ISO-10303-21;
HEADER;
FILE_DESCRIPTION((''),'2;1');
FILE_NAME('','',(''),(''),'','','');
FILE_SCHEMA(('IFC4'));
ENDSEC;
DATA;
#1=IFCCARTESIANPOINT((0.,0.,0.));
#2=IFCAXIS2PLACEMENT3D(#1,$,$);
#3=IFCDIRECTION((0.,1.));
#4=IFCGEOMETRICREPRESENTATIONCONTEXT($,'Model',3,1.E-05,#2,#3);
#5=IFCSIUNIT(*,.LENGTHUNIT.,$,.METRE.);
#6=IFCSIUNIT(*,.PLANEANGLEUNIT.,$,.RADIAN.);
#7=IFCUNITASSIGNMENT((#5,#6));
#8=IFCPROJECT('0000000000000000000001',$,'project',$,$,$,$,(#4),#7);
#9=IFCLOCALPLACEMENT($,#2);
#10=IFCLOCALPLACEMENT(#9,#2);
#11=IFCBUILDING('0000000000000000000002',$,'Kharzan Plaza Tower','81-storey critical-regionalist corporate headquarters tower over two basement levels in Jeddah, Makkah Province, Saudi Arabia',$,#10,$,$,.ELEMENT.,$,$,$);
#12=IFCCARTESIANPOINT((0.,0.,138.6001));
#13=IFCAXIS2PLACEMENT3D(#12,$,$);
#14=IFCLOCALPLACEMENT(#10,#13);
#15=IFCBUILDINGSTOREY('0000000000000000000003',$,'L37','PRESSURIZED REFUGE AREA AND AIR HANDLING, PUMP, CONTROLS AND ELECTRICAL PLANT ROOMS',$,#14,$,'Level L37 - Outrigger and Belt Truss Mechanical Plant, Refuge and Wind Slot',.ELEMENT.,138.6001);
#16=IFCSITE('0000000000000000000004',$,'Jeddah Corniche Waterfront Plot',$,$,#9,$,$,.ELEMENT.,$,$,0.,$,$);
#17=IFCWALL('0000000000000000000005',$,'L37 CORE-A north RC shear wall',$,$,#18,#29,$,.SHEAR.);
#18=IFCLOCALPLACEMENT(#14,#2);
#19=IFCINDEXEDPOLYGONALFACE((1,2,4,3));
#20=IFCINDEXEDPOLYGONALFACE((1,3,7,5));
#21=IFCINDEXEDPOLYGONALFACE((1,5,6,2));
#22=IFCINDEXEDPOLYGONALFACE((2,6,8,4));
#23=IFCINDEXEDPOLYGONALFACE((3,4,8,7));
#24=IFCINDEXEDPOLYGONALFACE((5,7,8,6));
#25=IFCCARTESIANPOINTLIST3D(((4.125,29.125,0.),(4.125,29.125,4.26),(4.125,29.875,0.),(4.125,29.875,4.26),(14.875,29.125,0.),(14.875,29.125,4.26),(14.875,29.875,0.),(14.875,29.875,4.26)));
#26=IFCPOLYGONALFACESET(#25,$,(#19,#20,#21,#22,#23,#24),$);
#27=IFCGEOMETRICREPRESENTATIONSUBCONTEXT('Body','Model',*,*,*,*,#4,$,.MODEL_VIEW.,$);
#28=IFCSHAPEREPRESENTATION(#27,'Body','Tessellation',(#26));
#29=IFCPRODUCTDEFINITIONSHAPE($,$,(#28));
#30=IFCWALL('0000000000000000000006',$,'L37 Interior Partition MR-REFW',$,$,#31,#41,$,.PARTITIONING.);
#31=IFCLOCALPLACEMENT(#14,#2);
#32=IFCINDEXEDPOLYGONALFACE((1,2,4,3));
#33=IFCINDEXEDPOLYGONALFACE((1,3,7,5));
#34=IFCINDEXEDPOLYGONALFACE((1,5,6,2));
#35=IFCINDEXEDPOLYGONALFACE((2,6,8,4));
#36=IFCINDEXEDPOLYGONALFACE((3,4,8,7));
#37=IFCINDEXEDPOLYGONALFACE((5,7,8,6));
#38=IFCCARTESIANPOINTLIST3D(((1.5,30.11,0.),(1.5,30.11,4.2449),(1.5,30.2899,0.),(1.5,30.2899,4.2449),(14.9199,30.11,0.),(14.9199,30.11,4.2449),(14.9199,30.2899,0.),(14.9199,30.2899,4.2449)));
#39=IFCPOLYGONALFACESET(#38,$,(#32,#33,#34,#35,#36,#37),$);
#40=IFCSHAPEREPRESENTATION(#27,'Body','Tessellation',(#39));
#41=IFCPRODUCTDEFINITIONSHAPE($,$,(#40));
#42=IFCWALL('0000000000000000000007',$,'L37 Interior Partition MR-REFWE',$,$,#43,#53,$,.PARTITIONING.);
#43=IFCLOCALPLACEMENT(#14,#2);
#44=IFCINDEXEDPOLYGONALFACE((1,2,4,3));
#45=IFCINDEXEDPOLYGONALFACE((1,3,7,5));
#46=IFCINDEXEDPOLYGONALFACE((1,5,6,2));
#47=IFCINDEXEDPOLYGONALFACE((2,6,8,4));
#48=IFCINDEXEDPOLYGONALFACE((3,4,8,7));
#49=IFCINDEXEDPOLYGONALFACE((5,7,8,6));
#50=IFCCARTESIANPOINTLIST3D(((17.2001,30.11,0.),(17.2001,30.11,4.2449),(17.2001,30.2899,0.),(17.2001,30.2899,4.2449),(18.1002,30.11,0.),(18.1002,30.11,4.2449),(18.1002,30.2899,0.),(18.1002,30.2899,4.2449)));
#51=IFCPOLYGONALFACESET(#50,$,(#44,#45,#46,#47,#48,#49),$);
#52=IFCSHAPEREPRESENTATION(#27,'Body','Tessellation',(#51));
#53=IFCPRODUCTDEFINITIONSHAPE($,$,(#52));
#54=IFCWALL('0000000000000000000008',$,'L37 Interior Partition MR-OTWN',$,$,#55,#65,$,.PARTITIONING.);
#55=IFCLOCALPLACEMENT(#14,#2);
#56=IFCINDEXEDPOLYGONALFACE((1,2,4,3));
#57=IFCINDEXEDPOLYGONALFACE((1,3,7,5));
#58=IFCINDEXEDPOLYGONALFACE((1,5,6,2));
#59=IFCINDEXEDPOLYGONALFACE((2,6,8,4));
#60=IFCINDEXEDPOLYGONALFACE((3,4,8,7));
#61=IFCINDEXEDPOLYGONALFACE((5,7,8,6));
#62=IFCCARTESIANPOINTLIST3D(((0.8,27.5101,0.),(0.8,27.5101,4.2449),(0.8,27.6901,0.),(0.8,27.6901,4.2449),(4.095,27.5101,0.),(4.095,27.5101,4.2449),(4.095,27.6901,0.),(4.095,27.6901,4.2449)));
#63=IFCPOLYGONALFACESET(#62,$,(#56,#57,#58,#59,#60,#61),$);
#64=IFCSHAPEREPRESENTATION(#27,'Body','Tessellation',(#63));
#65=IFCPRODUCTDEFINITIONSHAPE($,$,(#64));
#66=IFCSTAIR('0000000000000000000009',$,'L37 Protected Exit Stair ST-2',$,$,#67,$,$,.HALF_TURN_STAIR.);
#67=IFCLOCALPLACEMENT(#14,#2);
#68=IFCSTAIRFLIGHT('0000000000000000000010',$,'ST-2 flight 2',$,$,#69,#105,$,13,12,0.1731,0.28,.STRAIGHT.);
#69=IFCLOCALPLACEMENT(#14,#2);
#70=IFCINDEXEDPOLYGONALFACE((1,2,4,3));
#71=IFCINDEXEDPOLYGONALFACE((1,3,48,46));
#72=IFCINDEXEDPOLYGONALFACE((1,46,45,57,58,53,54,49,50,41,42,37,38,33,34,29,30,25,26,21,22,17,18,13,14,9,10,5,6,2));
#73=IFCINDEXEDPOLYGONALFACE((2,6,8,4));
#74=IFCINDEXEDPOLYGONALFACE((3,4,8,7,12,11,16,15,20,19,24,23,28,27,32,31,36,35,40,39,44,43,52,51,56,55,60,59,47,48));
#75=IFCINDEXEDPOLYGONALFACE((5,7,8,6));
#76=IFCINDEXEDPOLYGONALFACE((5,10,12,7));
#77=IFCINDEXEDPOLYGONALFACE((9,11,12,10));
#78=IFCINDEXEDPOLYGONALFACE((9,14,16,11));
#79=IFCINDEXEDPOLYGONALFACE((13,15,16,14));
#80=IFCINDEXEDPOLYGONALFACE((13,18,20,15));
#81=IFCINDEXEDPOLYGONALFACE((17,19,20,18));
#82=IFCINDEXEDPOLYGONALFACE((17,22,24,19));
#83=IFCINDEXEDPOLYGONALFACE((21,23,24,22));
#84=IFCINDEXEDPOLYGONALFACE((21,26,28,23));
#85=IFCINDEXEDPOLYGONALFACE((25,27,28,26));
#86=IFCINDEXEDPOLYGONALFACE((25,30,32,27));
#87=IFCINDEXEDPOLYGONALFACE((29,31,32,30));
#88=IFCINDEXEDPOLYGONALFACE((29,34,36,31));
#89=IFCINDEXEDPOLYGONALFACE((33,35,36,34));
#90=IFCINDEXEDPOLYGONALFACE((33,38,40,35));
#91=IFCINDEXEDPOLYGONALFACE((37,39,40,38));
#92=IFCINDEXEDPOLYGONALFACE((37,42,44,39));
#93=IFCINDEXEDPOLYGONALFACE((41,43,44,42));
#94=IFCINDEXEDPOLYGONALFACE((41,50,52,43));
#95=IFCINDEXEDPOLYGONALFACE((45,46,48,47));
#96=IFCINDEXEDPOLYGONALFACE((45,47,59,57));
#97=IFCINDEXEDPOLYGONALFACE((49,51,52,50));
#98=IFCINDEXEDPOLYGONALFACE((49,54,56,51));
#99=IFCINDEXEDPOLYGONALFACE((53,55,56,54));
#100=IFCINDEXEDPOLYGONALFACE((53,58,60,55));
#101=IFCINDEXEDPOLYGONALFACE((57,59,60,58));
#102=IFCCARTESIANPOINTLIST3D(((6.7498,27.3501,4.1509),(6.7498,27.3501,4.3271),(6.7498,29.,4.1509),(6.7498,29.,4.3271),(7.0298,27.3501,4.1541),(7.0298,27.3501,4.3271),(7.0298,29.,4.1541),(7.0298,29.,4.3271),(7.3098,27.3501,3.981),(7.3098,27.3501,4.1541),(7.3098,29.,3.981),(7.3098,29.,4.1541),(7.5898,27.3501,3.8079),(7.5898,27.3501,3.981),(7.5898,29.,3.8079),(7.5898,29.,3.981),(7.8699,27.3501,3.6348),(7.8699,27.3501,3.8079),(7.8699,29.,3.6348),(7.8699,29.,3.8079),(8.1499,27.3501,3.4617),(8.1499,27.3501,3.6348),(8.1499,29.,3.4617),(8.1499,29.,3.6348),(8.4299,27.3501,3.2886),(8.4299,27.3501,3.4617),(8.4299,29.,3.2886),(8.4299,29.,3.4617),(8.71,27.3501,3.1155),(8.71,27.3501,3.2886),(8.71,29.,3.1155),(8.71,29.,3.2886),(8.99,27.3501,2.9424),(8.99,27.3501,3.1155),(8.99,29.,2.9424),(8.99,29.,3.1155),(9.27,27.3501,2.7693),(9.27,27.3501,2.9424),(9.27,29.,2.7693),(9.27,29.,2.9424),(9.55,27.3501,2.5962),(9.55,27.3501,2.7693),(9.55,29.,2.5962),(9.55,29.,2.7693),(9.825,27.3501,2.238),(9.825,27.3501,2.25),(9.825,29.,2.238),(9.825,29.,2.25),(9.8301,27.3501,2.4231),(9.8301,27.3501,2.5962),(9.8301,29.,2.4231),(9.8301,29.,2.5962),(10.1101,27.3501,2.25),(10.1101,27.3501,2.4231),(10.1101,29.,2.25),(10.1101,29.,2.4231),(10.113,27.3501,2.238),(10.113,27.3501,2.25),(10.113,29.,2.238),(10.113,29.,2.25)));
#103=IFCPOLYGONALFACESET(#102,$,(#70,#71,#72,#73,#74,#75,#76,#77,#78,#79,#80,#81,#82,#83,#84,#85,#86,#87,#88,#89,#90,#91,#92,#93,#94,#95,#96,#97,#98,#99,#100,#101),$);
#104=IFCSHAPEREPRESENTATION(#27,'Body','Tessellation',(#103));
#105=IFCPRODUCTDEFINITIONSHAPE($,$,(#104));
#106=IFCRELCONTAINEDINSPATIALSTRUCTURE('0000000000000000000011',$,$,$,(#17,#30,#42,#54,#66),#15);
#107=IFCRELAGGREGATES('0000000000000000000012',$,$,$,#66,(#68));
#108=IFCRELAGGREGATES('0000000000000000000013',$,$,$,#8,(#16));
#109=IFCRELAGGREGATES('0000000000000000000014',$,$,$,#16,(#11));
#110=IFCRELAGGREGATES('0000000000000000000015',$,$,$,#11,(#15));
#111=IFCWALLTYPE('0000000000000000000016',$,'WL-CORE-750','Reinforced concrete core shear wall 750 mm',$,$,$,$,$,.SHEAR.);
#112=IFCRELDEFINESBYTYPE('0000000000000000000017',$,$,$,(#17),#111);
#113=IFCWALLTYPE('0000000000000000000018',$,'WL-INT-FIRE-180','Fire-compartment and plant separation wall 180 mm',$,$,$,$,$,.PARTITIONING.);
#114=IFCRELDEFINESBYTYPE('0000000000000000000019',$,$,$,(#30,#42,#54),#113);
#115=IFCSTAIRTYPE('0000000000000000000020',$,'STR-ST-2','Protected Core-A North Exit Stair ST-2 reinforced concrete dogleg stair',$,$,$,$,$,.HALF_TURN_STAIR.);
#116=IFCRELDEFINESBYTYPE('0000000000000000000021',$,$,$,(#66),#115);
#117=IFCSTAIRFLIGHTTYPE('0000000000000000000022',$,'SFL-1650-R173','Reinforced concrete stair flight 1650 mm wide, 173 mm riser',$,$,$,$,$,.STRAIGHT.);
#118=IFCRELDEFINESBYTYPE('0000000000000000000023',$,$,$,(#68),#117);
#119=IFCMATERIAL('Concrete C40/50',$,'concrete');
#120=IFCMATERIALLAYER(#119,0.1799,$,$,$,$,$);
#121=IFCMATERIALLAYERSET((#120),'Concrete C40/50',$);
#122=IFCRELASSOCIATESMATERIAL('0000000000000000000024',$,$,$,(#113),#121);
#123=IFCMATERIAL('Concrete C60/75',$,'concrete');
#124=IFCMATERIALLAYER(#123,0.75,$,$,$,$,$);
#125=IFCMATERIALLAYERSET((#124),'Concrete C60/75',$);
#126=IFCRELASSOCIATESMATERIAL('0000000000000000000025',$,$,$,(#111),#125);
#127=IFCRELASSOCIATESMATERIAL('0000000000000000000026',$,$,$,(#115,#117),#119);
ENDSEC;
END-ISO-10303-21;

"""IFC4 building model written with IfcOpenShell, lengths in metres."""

from ifc_helpers import new_model, si_unit, direction, frame, frame_2d, origin, place, context, subcontext, project, spatial, polyline, rectangle, outline, extrude, source, transform, mapped, material, layer, layer_set, type_object, element, aggregate, save


model = new_model("IFC4")

# Units and contexts
model_context = context("Model", 3, precision=1e-05, world=origin(), true_north=direction((0.0, 1.0)))
body_context = subcontext(model_context, "Body", "Model", "MODEL_VIEW")
ifc_project = project(units=[si_unit("LENGTHUNIT", "METRE"), si_unit("PLANEANGLEUNIT", "RADIAN")], contexts=[model_context])

# Site, building, storey
site_placement = place(None, origin())
site = spatial("IfcSite", under=ifc_project, at=site_placement, Name="Jeddah Corniche Waterfront Plot", CompositionType="ELEMENT", RefElevation=0.0)
building_placement = place(site_placement, origin())
building = spatial("IfcBuilding", under=site, at=building_placement, Name="Kharzan Plaza Tower", Description="81-storey critical-regionalist corporate headquarters tower over two basement levels in Jeddah, Makkah Province, Saudi Arabia", CompositionType="ELEMENT")
storey_placement = place(building_placement, frame((0.0, 0.0, 138.6001)))
storey = spatial("IfcBuildingStorey", under=building, at=storey_placement, Name="L37", Description="PRESSURIZED REFUGE AREA AND AIR HANDLING, PUMP, CONTROLS AND ELECTRICAL PLANT ROOMS", LongName="Level L37 - Outrigger and Belt Truss Mechanical Plant, Refuge and Wind Slot", CompositionType="ELEMENT", Elevation=138.6001)

# Shared definitions
ifc_material_1 = material(Name="Concrete C60/75", Category="concrete")

# Shared definitions
ifc_material_2 = material(Name="Concrete C40/50", Category="concrete")
ifc_layer_1 = layer(ifc_material_2, 0.1799)
ifc_layer_set_1 = layer_set([ifc_layer_1], Name="Concrete C40/50")
wall_type_1 = type_object("IfcWallType", Name="WL-INT-FIRE-180", Description="Fire-compartment and plant separation wall 180 mm", PredefinedType="PARTITIONING", material=ifc_layer_set_1)

# Walls
ifc_layer_2 = layer(ifc_material_1, 0.75)
ifc_layer_set_2 = layer_set([ifc_layer_2], Name="Concrete C60/75")
wall_type_2 = type_object("IfcWallType", Name="WL-CORE-750", Description="Reinforced concrete core shear wall 750 mm", PredefinedType="SHEAR", material=ifc_layer_set_2)
shared_shape_1 = source(origin(), body_context, "Body", "SweptSolid", [
    extrude(rectangle(XDim=10.75, YDim=0.75, at=frame_2d((5.375, 0.0))), origin(), (0.0, 0.0, 1.0), 4.26),
])
wall_1_placement = place(storey_placement, frame((4.125, 29.5, 0.0), z_axis=(0.0, 0.0, 1.0), x_axis=(1.0, 0.0, 0.0)))
element("IfcWall", 1, at=wall_1_placement, inside=storey, type_object=wall_type_2, Name="L37 CORE-A north RC shear wall", PredefinedType="SHEAR", context=body_context, shape_type="MappedRepresentation", body=[
    mapped(shared_shape_1, transform((0.0, 0.0, 0.0), x_axis=(1.0, 0.0, 0.0), y_axis=(0.0, 1.0, 0.0), z_axis=(0.0, 0.0, 1.0))),
])
shared_shape_2 = source(origin(), body_context, "Body", "SweptSolid", [
    extrude(rectangle(XDim=13.4199, YDim=0.1799, at=frame_2d((6.71, 0.0))), origin(), (0.0, 0.0, 1.0), 4.2449),
])
wall_2_placement = place(storey_placement, frame((1.5, 30.2, 0.0), z_axis=(0.0, 0.0, 1.0), x_axis=(1.0, 0.0, 0.0)))
element("IfcWall", 2, at=wall_2_placement, inside=storey, type_object=wall_type_1, Name="L37 Interior Partition MR-REFW", PredefinedType="PARTITIONING", context=body_context, shape_type="MappedRepresentation", body=[
    mapped(shared_shape_2, transform((0.0, 0.0, 0.0), x_axis=(1.0, 0.0, 0.0), y_axis=(0.0, 1.0, 0.0), z_axis=(0.0, 0.0, 1.0))),
])
shared_shape_3 = source(origin(), body_context, "Body", "SweptSolid", [
    extrude(rectangle(XDim=0.9001, YDim=0.1799, at=frame_2d((0.4502, 0.0))), origin(), (0.0, 0.0, 1.0), 4.2449),
])
wall_3_placement = place(storey_placement, frame((17.2, 30.2, 0.0), z_axis=(0.0, 0.0, 1.0), x_axis=(1.0, 0.0, 0.0)))
element("IfcWall", 3, at=wall_3_placement, inside=storey, type_object=wall_type_1, Name="L37 Interior Partition MR-REFWE", PredefinedType="PARTITIONING", context=body_context, shape_type="MappedRepresentation", body=[
    mapped(shared_shape_3, transform((0.0, 0.0, 0.0), x_axis=(1.0, 0.0, 0.0), y_axis=(0.0, 1.0, 0.0), z_axis=(0.0, 0.0, 1.0))),
])
shared_shape_4 = source(origin(), body_context, "Body", "SweptSolid", [
    extrude(rectangle(XDim=3.2949, YDim=0.1799, at=frame_2d((1.6475, 0.0))), origin(), (0.0, 0.0, 1.0), 4.2449),
])
wall_4_placement = place(storey_placement, frame((0.8, 27.6001, 0.0), z_axis=(0.0, 0.0, 1.0), x_axis=(1.0, 0.0, 0.0)))
element("IfcWall", 4, at=wall_4_placement, inside=storey, type_object=wall_type_1, Name="L37 Interior Partition MR-OTWN", PredefinedType="PARTITIONING", context=body_context, shape_type="MappedRepresentation", body=[
    mapped(shared_shape_4, transform((0.0, 0.0, 0.0), x_axis=(1.0, 0.0, 0.0), y_axis=(0.0, 1.0, 0.0), z_axis=(0.0, 0.0, 1.0))),
])

# Stair, stair flight
stair_type = type_object("IfcStairType", Name="STR-ST-2", Description="Protected Core-A North Exit Stair ST-2 reinforced concrete dogleg stair", PredefinedType="HALF_TURN_STAIR", material=ifc_material_2)
stair_placement = place(storey_placement, origin())
stair = element("IfcStair", 5, at=stair_placement, inside=storey, type_object=stair_type, Name="L37 Protected Exit Stair ST-2", PredefinedType="HALF_TURN_STAIR")
stair_flight_type = type_object("IfcStairFlightType", Name="SFL-1650-R173", Description="Reinforced concrete stair flight 1650 mm wide, 173 mm riser", PredefinedType="STRAIGHT", material=ifc_material_2)
shared_shape_5 = source(origin(), body_context, "Body", "SweptSolid", [
    extrude(outline(polyline([(-0.0029, -0.012), (-0.0029, 0.0), (0.0, 0.0), (0.0, 0.1731), (0.28, 0.1731), (0.28, 0.3462), (0.5601, 0.3462), (0.5601, 0.5193), (0.8401, 0.5193), (0.8401, 0.6924), (1.1201, 0.6924), (1.1201, 0.8655), (1.4001, 0.8655), (1.4001, 1.0386), (1.6802, 1.0386), (1.6802, 1.2117), (1.9602, 1.2117), (1.9602, 1.3848), (2.2402, 1.3848), (2.2402, 1.5579), (2.5203, 1.5579), (2.5203, 1.731), (2.8003, 1.731), (2.8003, 1.9041), (3.0803, 1.9041), (3.0803, 2.0771), (3.3604, 2.0771), (3.3604, 2.2502), (3.3604, 1.9009), (0.2852, 0.0), (0.2852, -0.012), (-0.0029, -0.012)])), frame((0.0, 0.825, 0.0), z_axis=(0.0, -1.0, 0.0), x_axis=(1.0, 0.0, 0.0)), (0.0, 0.0, 1.0), 1.6499),
])
stair_flight_placement = place(storey_placement, frame((10.1101, 28.175, 2.25), z_axis=(0.0, 0.0, 1.0), x_axis=(-1.0, 0.0, 0.0)))
stair_flight = element("IfcStairFlight", 6, at=stair_flight_placement, type_object=stair_flight_type, Name="ST-2 flight 2", NumberOfRisers=13, NumberOfTreads=12, PredefinedType="STRAIGHT", RiserHeight=0.1731, TreadLength=0.28, context=body_context, shape_type="MappedRepresentation", body=[
    mapped(shared_shape_5, transform((0.0, 0.0, 0.0), x_axis=(1.0, 0.0, 0.0), y_axis=(0.0, 1.0, 0.0), z_axis=(0.0, 0.0, 1.0))),
])
aggregate(stair, [stair_flight])

save(model, "model.ifc")
